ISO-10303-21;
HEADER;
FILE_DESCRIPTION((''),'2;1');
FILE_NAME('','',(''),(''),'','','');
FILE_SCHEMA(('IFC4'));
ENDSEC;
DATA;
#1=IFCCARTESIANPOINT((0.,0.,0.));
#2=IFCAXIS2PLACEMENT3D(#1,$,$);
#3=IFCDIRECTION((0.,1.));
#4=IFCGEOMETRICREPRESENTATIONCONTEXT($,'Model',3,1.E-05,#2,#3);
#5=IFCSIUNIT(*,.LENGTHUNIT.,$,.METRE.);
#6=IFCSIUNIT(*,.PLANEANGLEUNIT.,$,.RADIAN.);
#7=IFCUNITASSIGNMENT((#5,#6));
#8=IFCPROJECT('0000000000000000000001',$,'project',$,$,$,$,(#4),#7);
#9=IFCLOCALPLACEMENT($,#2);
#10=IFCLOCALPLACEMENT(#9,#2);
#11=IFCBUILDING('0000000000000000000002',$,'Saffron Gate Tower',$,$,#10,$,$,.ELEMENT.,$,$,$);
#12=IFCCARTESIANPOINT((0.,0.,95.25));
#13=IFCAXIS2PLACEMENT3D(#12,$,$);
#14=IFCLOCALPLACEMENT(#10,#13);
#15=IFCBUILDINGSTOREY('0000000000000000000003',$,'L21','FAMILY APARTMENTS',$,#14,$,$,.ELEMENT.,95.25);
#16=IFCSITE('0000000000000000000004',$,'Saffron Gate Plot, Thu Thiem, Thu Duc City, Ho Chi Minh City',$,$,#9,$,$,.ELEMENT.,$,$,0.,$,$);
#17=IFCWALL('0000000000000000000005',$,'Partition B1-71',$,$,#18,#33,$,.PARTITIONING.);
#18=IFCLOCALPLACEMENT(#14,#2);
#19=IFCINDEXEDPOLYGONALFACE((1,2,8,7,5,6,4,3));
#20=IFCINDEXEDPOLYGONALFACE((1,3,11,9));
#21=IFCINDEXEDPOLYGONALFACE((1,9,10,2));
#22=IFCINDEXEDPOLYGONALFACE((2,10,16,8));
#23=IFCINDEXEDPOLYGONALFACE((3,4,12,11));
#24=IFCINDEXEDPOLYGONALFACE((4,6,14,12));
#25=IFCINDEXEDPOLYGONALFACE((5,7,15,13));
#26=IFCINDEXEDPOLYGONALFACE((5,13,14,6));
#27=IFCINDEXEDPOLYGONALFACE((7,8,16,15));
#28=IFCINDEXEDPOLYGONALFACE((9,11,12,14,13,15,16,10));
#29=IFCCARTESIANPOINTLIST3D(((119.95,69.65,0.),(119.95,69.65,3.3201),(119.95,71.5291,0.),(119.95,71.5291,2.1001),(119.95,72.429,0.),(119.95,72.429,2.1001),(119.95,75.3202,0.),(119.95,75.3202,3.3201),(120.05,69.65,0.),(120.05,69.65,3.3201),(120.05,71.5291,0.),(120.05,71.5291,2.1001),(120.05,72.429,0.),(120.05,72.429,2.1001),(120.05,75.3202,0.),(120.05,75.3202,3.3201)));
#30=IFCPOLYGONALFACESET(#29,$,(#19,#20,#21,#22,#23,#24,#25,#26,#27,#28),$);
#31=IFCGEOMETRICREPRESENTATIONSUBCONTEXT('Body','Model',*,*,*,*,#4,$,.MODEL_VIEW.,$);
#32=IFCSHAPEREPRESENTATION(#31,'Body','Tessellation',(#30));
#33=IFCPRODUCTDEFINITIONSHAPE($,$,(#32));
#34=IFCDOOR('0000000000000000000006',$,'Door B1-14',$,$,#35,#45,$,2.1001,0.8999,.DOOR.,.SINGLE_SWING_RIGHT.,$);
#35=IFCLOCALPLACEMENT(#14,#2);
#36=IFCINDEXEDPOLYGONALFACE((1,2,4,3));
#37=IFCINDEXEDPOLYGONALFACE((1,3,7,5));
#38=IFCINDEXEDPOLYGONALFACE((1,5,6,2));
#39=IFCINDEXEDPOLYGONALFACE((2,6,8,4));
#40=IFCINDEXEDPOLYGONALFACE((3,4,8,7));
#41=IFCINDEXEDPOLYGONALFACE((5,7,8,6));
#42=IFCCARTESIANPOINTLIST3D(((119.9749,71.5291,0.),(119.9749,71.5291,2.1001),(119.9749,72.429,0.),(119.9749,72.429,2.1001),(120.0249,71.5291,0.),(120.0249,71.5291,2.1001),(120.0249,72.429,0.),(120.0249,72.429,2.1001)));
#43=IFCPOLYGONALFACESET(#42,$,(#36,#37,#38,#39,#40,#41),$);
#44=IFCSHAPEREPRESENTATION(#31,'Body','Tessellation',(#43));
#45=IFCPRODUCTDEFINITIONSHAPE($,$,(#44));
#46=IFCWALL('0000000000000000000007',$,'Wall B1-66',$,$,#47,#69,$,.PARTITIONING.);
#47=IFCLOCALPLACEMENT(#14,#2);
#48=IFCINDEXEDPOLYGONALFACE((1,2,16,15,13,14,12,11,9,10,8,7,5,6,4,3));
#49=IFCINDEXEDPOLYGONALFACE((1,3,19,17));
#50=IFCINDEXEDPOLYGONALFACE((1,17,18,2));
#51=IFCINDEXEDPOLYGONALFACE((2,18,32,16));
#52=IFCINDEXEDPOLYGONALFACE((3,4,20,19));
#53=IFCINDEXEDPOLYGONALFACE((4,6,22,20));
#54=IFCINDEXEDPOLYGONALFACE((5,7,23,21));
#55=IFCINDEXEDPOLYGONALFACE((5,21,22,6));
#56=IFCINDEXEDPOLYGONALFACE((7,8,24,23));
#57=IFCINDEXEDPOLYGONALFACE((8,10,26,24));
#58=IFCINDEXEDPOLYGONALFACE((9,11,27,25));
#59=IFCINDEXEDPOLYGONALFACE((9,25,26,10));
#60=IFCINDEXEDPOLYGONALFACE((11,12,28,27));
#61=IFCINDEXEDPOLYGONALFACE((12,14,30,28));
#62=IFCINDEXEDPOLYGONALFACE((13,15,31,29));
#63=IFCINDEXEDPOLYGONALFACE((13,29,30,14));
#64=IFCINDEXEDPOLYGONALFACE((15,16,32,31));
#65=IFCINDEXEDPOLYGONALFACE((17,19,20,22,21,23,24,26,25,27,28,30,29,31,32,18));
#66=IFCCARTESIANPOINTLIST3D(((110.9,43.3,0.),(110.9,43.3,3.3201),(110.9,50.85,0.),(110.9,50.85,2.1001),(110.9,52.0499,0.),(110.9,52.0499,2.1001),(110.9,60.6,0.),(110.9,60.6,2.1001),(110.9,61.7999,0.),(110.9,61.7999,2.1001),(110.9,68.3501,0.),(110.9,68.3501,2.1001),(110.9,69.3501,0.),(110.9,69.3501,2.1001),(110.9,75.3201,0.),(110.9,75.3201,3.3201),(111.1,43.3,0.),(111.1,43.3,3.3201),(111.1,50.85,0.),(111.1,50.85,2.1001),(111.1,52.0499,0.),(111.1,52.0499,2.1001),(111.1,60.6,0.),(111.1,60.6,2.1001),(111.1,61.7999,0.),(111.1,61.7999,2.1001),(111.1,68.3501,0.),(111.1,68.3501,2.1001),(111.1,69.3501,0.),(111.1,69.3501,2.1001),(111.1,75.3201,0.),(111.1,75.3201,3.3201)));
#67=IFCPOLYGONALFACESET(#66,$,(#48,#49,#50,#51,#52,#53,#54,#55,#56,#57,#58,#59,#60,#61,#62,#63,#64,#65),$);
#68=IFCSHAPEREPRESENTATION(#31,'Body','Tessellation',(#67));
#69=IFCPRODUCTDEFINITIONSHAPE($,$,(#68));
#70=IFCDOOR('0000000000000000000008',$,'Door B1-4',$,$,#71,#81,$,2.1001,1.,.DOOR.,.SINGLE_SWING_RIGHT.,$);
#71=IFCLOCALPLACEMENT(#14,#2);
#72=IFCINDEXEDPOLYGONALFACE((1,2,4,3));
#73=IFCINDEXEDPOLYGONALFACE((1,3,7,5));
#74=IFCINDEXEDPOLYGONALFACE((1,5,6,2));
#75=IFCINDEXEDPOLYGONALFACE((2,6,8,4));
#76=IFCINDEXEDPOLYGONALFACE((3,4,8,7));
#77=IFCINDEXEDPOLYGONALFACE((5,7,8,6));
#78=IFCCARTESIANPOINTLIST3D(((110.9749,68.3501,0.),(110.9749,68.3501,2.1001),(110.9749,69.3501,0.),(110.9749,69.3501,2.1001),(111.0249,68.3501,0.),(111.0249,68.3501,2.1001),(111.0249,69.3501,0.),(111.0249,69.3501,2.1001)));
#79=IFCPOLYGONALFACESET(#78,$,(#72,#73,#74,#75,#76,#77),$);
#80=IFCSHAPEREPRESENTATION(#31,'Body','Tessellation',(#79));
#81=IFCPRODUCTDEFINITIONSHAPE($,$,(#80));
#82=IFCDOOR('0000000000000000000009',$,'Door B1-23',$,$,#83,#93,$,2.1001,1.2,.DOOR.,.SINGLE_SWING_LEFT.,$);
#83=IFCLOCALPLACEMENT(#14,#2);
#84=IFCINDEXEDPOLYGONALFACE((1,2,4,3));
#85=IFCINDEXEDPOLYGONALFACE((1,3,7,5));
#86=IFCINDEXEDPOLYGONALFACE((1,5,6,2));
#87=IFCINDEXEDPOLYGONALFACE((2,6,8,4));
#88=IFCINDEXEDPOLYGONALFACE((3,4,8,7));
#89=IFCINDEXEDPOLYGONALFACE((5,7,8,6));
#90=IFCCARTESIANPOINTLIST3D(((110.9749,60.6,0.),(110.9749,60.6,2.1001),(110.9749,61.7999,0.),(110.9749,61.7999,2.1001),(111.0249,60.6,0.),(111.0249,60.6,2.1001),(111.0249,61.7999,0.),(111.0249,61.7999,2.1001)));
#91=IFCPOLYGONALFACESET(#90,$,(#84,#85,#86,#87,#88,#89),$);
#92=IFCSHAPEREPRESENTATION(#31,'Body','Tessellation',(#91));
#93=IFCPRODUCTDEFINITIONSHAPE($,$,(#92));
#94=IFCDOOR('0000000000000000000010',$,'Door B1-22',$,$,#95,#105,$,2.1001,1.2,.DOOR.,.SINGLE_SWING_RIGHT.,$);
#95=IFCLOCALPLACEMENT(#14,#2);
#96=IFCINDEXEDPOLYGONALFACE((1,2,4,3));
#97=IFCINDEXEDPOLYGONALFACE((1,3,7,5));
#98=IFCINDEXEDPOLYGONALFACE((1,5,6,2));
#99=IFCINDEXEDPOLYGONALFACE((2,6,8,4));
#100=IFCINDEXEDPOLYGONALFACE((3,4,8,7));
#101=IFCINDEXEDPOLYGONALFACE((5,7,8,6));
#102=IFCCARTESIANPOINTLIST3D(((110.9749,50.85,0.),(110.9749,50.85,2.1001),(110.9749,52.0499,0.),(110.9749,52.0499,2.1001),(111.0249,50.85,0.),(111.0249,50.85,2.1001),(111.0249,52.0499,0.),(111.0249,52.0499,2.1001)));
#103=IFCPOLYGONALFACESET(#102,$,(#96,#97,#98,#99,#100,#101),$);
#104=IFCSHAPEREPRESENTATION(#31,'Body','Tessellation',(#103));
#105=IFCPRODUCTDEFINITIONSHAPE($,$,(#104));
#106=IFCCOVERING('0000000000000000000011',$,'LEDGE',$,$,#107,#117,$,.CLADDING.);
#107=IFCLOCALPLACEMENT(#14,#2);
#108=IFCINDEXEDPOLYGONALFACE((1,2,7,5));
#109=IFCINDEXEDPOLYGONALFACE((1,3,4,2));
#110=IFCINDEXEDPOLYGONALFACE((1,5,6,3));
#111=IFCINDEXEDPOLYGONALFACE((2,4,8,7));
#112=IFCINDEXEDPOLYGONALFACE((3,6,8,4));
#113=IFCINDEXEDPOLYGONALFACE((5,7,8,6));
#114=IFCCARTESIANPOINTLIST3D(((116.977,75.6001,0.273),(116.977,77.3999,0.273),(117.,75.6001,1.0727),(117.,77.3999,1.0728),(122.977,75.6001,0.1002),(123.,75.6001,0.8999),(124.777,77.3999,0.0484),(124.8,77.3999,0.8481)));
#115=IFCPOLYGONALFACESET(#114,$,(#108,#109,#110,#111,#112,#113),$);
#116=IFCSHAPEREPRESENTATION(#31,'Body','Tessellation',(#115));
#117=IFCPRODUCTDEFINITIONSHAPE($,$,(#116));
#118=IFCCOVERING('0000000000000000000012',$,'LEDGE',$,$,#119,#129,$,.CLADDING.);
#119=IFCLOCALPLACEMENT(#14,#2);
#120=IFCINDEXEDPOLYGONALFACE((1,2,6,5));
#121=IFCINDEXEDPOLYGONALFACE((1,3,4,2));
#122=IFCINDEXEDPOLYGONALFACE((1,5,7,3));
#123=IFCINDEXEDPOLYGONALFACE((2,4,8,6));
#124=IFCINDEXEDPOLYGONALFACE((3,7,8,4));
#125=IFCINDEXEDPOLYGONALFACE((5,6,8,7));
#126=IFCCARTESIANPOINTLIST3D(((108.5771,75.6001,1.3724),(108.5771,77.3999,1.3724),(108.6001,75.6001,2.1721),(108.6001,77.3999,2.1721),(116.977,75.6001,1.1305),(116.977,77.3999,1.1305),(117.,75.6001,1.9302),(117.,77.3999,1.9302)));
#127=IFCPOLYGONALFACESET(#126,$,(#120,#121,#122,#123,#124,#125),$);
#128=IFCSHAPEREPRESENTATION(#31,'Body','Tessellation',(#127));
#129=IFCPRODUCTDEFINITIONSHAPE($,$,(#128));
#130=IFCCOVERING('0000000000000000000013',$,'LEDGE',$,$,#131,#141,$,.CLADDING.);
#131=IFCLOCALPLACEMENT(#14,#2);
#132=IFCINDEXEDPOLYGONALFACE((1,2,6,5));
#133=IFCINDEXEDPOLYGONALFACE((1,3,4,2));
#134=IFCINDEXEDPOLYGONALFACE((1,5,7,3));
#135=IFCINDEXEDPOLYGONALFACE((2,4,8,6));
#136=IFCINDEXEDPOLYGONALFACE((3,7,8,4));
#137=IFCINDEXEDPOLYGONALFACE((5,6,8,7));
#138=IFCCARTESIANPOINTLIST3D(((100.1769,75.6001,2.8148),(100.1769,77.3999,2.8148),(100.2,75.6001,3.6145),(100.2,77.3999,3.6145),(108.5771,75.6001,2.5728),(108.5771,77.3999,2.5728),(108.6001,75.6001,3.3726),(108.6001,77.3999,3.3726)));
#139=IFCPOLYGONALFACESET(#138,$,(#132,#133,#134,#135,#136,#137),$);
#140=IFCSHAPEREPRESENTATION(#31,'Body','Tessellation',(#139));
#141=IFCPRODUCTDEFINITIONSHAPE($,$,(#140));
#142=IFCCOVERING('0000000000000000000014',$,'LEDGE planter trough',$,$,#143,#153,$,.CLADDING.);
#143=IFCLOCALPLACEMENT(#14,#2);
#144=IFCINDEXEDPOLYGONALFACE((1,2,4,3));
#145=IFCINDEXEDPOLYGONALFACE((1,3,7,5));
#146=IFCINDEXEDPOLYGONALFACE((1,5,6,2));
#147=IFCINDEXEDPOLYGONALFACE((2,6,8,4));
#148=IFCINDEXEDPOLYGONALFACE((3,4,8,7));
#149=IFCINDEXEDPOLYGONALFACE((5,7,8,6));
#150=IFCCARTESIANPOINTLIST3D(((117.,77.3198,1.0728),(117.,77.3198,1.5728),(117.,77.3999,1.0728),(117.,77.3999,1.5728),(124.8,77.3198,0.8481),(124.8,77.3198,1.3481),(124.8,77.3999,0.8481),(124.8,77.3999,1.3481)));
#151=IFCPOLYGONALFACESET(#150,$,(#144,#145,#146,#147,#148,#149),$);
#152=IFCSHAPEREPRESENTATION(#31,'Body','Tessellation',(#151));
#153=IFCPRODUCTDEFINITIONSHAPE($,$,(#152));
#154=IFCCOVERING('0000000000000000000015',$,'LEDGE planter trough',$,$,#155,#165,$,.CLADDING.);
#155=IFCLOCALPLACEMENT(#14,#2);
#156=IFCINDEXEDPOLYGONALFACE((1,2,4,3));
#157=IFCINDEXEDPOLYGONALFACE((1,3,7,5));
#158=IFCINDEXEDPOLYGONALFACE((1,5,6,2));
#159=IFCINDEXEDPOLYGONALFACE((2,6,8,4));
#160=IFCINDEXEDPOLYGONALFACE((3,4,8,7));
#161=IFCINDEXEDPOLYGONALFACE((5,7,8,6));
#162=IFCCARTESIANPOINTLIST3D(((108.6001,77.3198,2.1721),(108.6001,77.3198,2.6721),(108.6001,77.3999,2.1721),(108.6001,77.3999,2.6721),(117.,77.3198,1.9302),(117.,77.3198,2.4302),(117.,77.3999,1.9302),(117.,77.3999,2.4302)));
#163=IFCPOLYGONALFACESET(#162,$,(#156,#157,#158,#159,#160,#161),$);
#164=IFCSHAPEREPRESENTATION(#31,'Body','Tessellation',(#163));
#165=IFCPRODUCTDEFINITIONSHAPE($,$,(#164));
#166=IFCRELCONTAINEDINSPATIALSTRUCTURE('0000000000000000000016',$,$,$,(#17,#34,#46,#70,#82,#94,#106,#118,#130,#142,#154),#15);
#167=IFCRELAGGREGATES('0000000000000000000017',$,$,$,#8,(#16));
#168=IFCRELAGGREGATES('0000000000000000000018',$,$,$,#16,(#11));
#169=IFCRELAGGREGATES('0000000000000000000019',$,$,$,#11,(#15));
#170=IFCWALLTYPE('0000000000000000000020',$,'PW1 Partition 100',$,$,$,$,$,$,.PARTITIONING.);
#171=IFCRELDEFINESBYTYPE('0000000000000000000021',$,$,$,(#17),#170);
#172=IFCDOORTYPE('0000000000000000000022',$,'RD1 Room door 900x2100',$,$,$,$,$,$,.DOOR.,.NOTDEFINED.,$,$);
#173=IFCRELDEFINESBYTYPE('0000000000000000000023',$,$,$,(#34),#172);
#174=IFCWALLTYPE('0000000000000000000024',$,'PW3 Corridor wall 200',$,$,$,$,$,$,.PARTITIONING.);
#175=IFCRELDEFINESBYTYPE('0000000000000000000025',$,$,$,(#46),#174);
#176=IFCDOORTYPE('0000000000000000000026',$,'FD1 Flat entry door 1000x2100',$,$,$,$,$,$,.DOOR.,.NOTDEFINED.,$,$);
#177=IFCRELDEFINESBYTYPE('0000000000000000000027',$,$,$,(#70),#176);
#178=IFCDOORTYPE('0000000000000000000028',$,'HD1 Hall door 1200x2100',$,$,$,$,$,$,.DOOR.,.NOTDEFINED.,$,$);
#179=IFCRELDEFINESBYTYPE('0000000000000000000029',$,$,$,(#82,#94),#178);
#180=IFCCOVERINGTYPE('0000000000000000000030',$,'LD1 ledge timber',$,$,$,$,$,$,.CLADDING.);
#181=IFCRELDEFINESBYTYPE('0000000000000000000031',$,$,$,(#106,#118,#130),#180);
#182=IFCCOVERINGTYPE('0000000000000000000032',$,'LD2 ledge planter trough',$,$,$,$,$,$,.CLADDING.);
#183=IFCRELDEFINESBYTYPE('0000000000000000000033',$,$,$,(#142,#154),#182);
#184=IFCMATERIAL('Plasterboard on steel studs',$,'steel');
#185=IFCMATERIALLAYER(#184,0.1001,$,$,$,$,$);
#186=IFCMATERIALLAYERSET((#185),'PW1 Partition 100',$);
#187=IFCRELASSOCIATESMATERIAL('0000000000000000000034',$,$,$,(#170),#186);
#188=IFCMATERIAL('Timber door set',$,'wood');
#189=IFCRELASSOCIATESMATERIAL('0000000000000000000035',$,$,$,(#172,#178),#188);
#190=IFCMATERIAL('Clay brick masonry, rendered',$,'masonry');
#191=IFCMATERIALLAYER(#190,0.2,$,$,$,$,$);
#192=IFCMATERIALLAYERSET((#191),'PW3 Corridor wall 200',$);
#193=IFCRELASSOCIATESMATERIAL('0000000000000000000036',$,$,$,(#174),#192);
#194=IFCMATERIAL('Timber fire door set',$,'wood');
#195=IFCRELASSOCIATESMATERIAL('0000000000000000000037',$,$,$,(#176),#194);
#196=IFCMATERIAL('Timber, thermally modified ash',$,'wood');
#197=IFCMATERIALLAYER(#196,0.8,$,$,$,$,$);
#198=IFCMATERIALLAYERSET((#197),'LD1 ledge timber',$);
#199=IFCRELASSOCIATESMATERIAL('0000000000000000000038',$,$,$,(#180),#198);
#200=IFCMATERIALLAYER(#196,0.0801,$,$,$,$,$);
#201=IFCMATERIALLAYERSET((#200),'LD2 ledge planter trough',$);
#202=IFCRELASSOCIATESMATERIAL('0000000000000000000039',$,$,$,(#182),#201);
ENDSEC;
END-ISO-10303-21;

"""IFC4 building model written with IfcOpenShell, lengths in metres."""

from ifc_helpers import new_model, si_unit, direction, frame, frame_2d, origin, place, context, subcontext, project, spatial, polyline, rectangle, outline, extrude, material, layer, layer_set, type_object, element, fill, save


model = new_model("IFC4")

# Units and contexts
model_context = context("Model", 3, precision=1e-05, world=origin(), true_north=direction((0.0, 1.0)))
body_context = subcontext(model_context, "Body", "Model", "MODEL_VIEW")
ifc_project = project(units=[si_unit("LENGTHUNIT", "METRE"), si_unit("PLANEANGLEUNIT", "RADIAN")], contexts=[model_context])

# Site, building, storey
site_placement = place(None, origin())
site = spatial("IfcSite", under=ifc_project, at=site_placement, Name="Saffron Gate Plot, Thu Thiem, Thu Duc City, Ho Chi Minh City", CompositionType="ELEMENT", RefElevation=0.0)
building_placement = place(site_placement, origin())
building = spatial("IfcBuilding", under=site, at=building_placement, Name="Saffron Gate Tower", CompositionType="ELEMENT")
storey_placement = place(building_placement, frame((0.0, 0.0, 95.25)))
storey = spatial("IfcBuildingStorey", under=building, at=storey_placement, Name="L21", Description="FAMILY APARTMENTS", CompositionType="ELEMENT", Elevation=95.25)

# Wall, opening, door
ifc_material_1 = material(Name="Plasterboard on steel studs", Category="steel")
ifc_layer_1 = layer(ifc_material_1, 0.1001)
ifc_layer_set_1 = layer_set([ifc_layer_1], Name="PW1 Partition 100")
wall_type_1 = type_object("IfcWallType", Name="PW1 Partition 100", PredefinedType="PARTITIONING", material=ifc_layer_set_1)
wall_1_placement = place(storey_placement, frame((120.0, 75.3201, 0.0), z_axis=(0.0, 0.0, 1.0), x_axis=(0.0, -1.0, 0.0)))
wall_1 = element("IfcWall", 1, at=wall_1_placement, inside=storey, type_object=wall_type_1, Name="Partition B1-71", PredefinedType="PARTITIONING", context=body_context, shape_type="SweptSolid", body=[
    extrude(rectangle(XDim=5.6702, YDim=0.1001, at=frame_2d((2.835, 0.0))), origin(), (0.0, 0.0, 1.0), 3.3201),
])
opening_1_placement = place(wall_1_placement, frame((2.8911, 0.0, 0.0)))
opening_1 = element("IfcOpeningElement", 2, at=opening_1_placement, cuts=wall_1, PredefinedType="OPENING", context=body_context, shape_type="SweptSolid", body=[
    extrude(rectangle(XDim=0.8999, YDim=2.1001, at=frame_2d((0.45, 1.05))), frame((0.0, 0.0601, 0.0), z_axis=(0.0, -1.0, 0.0), x_axis=(1.0, 0.0, 0.0)), (0.0, 0.0, 1.0), 0.1201),
])
ifc_material_2 = material(Name="Timber door set", Category="wood")
door_type_1 = type_object("IfcDoorType", Name="RD1 Room door 900x2100", OperationType="NOTDEFINED", PredefinedType="DOOR", material=ifc_material_2)
door_1_placement = place(opening_1_placement, origin())
door_1 = element("IfcDoor", 3, at=door_1_placement, inside=storey, type_object=door_type_1, Name="Door B1-14", OperationType="SINGLE_SWING_RIGHT", OverallHeight=2.1001, OverallWidth=0.8999, PredefinedType="DOOR", context=body_context, shape_type="SweptSolid", body=[
    extrude(rectangle(XDim=0.8999, YDim=2.1001, at=frame_2d((0.45, 1.05))), frame((0.0, 0.0249, 0.0), z_axis=(0.0, -1.0, 0.0), x_axis=(1.0, 0.0, 0.0)), (0.0, 0.0, 1.0), 0.05),
])
fill(opening_1, door_1)

# Wall, openings, doors
ifc_material_3 = material(Name="Clay brick masonry, rendered", Category="masonry")
ifc_layer_2 = layer(ifc_material_3, 0.2)
ifc_layer_set_2 = layer_set([ifc_layer_2], Name="PW3 Corridor wall 200")
wall_type_2 = type_object("IfcWallType", Name="PW3 Corridor wall 200", PredefinedType="PARTITIONING", material=ifc_layer_set_2)
wall_2_placement = place(storey_placement, frame((111.0, 75.3201, 0.0), z_axis=(0.0, 0.0, 1.0), x_axis=(0.0, -1.0, 0.0)))
wall_2 = element("IfcWall", 4, at=wall_2_placement, inside=storey, type_object=wall_type_2, Name="Wall B1-66", PredefinedType="PARTITIONING", context=body_context, shape_type="SweptSolid", body=[
    extrude(rectangle(XDim=32.02, YDim=0.2, at=frame_2d((16.01, 0.0))), origin(), (0.0, 0.0, 1.0), 3.3201),
])
opening_2_placement = place(wall_2_placement, frame((5.97, 0.0, 0.0)))
opening_2 = element("IfcOpeningElement", 5, at=opening_2_placement, cuts=wall_2, PredefinedType="OPENING", context=body_context, shape_type="SweptSolid", body=[
    extrude(rectangle(XDim=1.0, YDim=2.1001, at=frame_2d((0.5, 1.05))), frame((0.0, 0.1099, 0.0), z_axis=(0.0, -1.0, 0.0), x_axis=(1.0, 0.0, 0.0)), (0.0, 0.0, 1.0), 0.22),
])
opening_3_placement = place(wall_2_placement, frame((13.52, 0.0, 0.0)))
opening_3 = element("IfcOpeningElement", 6, at=opening_3_placement, cuts=wall_2, PredefinedType="OPENING", context=body_context, shape_type="SweptSolid", body=[
    extrude(rectangle(XDim=1.2, YDim=2.1001, at=frame_2d((0.6001, 1.05))), frame((0.0, 0.1099, 0.0), z_axis=(0.0, -1.0, 0.0), x_axis=(1.0, 0.0, 0.0)), (0.0, 0.0, 1.0), 0.22),
])
opening_4_placement = place(wall_2_placement, frame((23.27, 0.0, 0.0)))
opening_4 = element("IfcOpeningElement", 7, at=opening_4_placement, cuts=wall_2, PredefinedType="OPENING", context=body_context, shape_type="SweptSolid", body=[
    extrude(rectangle(XDim=1.2, YDim=2.1001, at=frame_2d((0.6001, 1.05))), frame((0.0, 0.1099, 0.0), z_axis=(0.0, -1.0, 0.0), x_axis=(1.0, 0.0, 0.0)), (0.0, 0.0, 1.0), 0.22),
])
ifc_material_4 = material(Name="Timber fire door set", Category="wood")
door_type_2 = type_object("IfcDoorType", Name="FD1 Flat entry door 1000x2100", OperationType="NOTDEFINED", PredefinedType="DOOR", material=ifc_material_4)
door_2_placement = place(opening_2_placement, origin())
door_2 = element("IfcDoor", 8, at=door_2_placement, inside=storey, type_object=door_type_2, Name="Door B1-4", OperationType="SINGLE_SWING_RIGHT", OverallHeight=2.1001, OverallWidth=1.0, PredefinedType="DOOR", context=body_context, shape_type="SweptSolid", body=[
    extrude(rectangle(XDim=1.0, YDim=2.1001, at=frame_2d((0.5, 1.05))), frame((0.0, 0.0249, 0.0), z_axis=(0.0, -1.0, 0.0), x_axis=(1.0, 0.0, 0.0)), (0.0, 0.0, 1.0), 0.05),
])
fill(opening_2, door_2)
door_type_3 = type_object("IfcDoorType", Name="HD1 Hall door 1200x2100", OperationType="NOTDEFINED", PredefinedType="DOOR", material=ifc_material_2)
door_3_placement = place(opening_3_placement, origin())
door_3 = element("IfcDoor", 9, at=door_3_placement, inside=storey, type_object=door_type_3, Name="Door B1-23", OperationType="SINGLE_SWING_LEFT", OverallHeight=2.1001, OverallWidth=1.2, PredefinedType="DOOR", context=body_context, shape_type="SweptSolid", body=[
    extrude(rectangle(XDim=1.2, YDim=2.1001, at=frame_2d((0.6001, 1.05))), frame((0.0, 0.0249, 0.0), z_axis=(0.0, -1.0, 0.0), x_axis=(1.0, 0.0, 0.0)), (0.0, 0.0, 1.0), 0.05),
])
fill(opening_3, door_3)
door_4_placement = place(opening_4_placement, origin())
door_4 = element("IfcDoor", 10, at=door_4_placement, inside=storey, type_object=door_type_3, Name="Door B1-22", OperationType="SINGLE_SWING_RIGHT", OverallHeight=2.1001, OverallWidth=1.2, PredefinedType="DOOR", context=body_context, shape_type="SweptSolid", body=[
    extrude(rectangle(XDim=1.2, YDim=2.1001, at=frame_2d((0.6001, 1.05))), frame((0.0, 0.0249, 0.0), z_axis=(0.0, -1.0, 0.0), x_axis=(1.0, 0.0, 0.0)), (0.0, 0.0, 1.0), 0.05),
])
fill(opening_4, door_4)

# Coverings
ifc_material_5 = material(Name="Timber, thermally modified ash", Category="wood")
ifc_layer_3 = layer(ifc_material_5, 0.8)
ifc_layer_set_3 = layer_set([ifc_layer_3], Name="LD1 ledge timber")
covering_type_1 = type_object("IfcCoveringType", Name="LD1 ledge timber", PredefinedType="CLADDING", material=ifc_layer_set_3)
covering_1_placement = place(storey_placement, frame((123.0, 75.6001, 0.8999), z_axis=(0.028789, -0.000024, 0.999585), x_axis=(-0.999585, 0.0, 0.028789)))
element("IfcCovering", 11, at=covering_1_placement, inside=storey, type_object=covering_type_1, Name="LEDGE", PredefinedType="CLADDING", context=body_context, shape_type="SweptSolid", body=[
    extrude(outline(polyline([(0.0, 0.0), (6.0025, 0.0), (6.0025, -1.7998), (-1.8008, -1.7998), (0.0, 0.0)])), origin(), (0.0, 0.0, -1.0), 0.8),
])
covering_2_placement = place(storey_placement, frame((117.0, 75.6001, 1.9302), z_axis=(0.028791, 0.0, 0.999585), x_axis=(-0.999585, 0.0, 0.028791)))
element("IfcCovering", 12, at=covering_2_placement, inside=storey, type_object=covering_type_1, Name="LEDGE", PredefinedType="CLADDING", context=body_context, shape_type="SweptSolid", body=[
    extrude(outline(polyline([(0.0, 0.0), (8.4034, 0.0), (8.4034, -1.7998), (0.0, -1.7998), (0.0, 0.0)])), origin(), (0.0, 0.0, -1.0), 0.8),
])
covering_3_placement = place(storey_placement, frame((108.6001, 75.6001, 3.3726), z_axis=(0.02879, 0.0, 0.999585), x_axis=(-0.999585, 0.0, 0.02879)))
element("IfcCovering", 13, at=covering_3_placement, inside=storey, type_object=covering_type_1, Name="LEDGE", PredefinedType="CLADDING", context=body_context, shape_type="SweptSolid", body=[
    extrude(outline(polyline([(0.0, 0.0), (8.4036, 0.0), (8.4036, -1.7998), (0.0, -1.7998), (0.0, 0.0)])), origin(), (0.0, 0.0, -1.0), 0.8),
])
ifc_layer_4 = layer(ifc_material_5, 0.0801)
ifc_layer_set_4 = layer_set([ifc_layer_4], Name="LD2 ledge planter trough")
covering_type_2 = type_object("IfcCoveringType", Name="LD2 ledge planter trough", PredefinedType="CLADDING", material=ifc_layer_set_4)
covering_4_placement = place(storey_placement, frame((124.8, 77.3999, 0.8481), z_axis=(0.0, 1.0, 0.0), x_axis=(-0.999586, 0.0, 0.028784)))
element("IfcCovering", 14, at=covering_4_placement, inside=storey, type_object=covering_type_2, Name="LEDGE planter trough", PredefinedType="CLADDING", context=body_context, shape_type="SweptSolid", body=[
    extrude(outline(polyline([(0.0, 0.0), (7.8033, 0.0), (7.8177, 0.4998), (0.0144, 0.4998), (0.0, 0.0)])), origin(), (0.0, 0.0, -1.0), 0.0801),
])
covering_5_placement = place(storey_placement, frame((117.0, 77.3999, 1.9302), z_axis=(0.0, 1.0, 0.0), x_axis=(-0.999585, 0.0, 0.028791)))
element("IfcCovering", 15, at=covering_5_placement, inside=storey, type_object=covering_type_2, Name="LEDGE planter trough", PredefinedType="CLADDING", context=body_context, shape_type="SweptSolid", body=[
    extrude(outline(polyline([(0.0, 0.0), (8.4034, 0.0), (8.4178, 0.4998), (0.0144, 0.4998), (0.0, 0.0)])), origin(), (0.0, 0.0, -1.0), 0.0801),
])

save(model, "model.ifc")
